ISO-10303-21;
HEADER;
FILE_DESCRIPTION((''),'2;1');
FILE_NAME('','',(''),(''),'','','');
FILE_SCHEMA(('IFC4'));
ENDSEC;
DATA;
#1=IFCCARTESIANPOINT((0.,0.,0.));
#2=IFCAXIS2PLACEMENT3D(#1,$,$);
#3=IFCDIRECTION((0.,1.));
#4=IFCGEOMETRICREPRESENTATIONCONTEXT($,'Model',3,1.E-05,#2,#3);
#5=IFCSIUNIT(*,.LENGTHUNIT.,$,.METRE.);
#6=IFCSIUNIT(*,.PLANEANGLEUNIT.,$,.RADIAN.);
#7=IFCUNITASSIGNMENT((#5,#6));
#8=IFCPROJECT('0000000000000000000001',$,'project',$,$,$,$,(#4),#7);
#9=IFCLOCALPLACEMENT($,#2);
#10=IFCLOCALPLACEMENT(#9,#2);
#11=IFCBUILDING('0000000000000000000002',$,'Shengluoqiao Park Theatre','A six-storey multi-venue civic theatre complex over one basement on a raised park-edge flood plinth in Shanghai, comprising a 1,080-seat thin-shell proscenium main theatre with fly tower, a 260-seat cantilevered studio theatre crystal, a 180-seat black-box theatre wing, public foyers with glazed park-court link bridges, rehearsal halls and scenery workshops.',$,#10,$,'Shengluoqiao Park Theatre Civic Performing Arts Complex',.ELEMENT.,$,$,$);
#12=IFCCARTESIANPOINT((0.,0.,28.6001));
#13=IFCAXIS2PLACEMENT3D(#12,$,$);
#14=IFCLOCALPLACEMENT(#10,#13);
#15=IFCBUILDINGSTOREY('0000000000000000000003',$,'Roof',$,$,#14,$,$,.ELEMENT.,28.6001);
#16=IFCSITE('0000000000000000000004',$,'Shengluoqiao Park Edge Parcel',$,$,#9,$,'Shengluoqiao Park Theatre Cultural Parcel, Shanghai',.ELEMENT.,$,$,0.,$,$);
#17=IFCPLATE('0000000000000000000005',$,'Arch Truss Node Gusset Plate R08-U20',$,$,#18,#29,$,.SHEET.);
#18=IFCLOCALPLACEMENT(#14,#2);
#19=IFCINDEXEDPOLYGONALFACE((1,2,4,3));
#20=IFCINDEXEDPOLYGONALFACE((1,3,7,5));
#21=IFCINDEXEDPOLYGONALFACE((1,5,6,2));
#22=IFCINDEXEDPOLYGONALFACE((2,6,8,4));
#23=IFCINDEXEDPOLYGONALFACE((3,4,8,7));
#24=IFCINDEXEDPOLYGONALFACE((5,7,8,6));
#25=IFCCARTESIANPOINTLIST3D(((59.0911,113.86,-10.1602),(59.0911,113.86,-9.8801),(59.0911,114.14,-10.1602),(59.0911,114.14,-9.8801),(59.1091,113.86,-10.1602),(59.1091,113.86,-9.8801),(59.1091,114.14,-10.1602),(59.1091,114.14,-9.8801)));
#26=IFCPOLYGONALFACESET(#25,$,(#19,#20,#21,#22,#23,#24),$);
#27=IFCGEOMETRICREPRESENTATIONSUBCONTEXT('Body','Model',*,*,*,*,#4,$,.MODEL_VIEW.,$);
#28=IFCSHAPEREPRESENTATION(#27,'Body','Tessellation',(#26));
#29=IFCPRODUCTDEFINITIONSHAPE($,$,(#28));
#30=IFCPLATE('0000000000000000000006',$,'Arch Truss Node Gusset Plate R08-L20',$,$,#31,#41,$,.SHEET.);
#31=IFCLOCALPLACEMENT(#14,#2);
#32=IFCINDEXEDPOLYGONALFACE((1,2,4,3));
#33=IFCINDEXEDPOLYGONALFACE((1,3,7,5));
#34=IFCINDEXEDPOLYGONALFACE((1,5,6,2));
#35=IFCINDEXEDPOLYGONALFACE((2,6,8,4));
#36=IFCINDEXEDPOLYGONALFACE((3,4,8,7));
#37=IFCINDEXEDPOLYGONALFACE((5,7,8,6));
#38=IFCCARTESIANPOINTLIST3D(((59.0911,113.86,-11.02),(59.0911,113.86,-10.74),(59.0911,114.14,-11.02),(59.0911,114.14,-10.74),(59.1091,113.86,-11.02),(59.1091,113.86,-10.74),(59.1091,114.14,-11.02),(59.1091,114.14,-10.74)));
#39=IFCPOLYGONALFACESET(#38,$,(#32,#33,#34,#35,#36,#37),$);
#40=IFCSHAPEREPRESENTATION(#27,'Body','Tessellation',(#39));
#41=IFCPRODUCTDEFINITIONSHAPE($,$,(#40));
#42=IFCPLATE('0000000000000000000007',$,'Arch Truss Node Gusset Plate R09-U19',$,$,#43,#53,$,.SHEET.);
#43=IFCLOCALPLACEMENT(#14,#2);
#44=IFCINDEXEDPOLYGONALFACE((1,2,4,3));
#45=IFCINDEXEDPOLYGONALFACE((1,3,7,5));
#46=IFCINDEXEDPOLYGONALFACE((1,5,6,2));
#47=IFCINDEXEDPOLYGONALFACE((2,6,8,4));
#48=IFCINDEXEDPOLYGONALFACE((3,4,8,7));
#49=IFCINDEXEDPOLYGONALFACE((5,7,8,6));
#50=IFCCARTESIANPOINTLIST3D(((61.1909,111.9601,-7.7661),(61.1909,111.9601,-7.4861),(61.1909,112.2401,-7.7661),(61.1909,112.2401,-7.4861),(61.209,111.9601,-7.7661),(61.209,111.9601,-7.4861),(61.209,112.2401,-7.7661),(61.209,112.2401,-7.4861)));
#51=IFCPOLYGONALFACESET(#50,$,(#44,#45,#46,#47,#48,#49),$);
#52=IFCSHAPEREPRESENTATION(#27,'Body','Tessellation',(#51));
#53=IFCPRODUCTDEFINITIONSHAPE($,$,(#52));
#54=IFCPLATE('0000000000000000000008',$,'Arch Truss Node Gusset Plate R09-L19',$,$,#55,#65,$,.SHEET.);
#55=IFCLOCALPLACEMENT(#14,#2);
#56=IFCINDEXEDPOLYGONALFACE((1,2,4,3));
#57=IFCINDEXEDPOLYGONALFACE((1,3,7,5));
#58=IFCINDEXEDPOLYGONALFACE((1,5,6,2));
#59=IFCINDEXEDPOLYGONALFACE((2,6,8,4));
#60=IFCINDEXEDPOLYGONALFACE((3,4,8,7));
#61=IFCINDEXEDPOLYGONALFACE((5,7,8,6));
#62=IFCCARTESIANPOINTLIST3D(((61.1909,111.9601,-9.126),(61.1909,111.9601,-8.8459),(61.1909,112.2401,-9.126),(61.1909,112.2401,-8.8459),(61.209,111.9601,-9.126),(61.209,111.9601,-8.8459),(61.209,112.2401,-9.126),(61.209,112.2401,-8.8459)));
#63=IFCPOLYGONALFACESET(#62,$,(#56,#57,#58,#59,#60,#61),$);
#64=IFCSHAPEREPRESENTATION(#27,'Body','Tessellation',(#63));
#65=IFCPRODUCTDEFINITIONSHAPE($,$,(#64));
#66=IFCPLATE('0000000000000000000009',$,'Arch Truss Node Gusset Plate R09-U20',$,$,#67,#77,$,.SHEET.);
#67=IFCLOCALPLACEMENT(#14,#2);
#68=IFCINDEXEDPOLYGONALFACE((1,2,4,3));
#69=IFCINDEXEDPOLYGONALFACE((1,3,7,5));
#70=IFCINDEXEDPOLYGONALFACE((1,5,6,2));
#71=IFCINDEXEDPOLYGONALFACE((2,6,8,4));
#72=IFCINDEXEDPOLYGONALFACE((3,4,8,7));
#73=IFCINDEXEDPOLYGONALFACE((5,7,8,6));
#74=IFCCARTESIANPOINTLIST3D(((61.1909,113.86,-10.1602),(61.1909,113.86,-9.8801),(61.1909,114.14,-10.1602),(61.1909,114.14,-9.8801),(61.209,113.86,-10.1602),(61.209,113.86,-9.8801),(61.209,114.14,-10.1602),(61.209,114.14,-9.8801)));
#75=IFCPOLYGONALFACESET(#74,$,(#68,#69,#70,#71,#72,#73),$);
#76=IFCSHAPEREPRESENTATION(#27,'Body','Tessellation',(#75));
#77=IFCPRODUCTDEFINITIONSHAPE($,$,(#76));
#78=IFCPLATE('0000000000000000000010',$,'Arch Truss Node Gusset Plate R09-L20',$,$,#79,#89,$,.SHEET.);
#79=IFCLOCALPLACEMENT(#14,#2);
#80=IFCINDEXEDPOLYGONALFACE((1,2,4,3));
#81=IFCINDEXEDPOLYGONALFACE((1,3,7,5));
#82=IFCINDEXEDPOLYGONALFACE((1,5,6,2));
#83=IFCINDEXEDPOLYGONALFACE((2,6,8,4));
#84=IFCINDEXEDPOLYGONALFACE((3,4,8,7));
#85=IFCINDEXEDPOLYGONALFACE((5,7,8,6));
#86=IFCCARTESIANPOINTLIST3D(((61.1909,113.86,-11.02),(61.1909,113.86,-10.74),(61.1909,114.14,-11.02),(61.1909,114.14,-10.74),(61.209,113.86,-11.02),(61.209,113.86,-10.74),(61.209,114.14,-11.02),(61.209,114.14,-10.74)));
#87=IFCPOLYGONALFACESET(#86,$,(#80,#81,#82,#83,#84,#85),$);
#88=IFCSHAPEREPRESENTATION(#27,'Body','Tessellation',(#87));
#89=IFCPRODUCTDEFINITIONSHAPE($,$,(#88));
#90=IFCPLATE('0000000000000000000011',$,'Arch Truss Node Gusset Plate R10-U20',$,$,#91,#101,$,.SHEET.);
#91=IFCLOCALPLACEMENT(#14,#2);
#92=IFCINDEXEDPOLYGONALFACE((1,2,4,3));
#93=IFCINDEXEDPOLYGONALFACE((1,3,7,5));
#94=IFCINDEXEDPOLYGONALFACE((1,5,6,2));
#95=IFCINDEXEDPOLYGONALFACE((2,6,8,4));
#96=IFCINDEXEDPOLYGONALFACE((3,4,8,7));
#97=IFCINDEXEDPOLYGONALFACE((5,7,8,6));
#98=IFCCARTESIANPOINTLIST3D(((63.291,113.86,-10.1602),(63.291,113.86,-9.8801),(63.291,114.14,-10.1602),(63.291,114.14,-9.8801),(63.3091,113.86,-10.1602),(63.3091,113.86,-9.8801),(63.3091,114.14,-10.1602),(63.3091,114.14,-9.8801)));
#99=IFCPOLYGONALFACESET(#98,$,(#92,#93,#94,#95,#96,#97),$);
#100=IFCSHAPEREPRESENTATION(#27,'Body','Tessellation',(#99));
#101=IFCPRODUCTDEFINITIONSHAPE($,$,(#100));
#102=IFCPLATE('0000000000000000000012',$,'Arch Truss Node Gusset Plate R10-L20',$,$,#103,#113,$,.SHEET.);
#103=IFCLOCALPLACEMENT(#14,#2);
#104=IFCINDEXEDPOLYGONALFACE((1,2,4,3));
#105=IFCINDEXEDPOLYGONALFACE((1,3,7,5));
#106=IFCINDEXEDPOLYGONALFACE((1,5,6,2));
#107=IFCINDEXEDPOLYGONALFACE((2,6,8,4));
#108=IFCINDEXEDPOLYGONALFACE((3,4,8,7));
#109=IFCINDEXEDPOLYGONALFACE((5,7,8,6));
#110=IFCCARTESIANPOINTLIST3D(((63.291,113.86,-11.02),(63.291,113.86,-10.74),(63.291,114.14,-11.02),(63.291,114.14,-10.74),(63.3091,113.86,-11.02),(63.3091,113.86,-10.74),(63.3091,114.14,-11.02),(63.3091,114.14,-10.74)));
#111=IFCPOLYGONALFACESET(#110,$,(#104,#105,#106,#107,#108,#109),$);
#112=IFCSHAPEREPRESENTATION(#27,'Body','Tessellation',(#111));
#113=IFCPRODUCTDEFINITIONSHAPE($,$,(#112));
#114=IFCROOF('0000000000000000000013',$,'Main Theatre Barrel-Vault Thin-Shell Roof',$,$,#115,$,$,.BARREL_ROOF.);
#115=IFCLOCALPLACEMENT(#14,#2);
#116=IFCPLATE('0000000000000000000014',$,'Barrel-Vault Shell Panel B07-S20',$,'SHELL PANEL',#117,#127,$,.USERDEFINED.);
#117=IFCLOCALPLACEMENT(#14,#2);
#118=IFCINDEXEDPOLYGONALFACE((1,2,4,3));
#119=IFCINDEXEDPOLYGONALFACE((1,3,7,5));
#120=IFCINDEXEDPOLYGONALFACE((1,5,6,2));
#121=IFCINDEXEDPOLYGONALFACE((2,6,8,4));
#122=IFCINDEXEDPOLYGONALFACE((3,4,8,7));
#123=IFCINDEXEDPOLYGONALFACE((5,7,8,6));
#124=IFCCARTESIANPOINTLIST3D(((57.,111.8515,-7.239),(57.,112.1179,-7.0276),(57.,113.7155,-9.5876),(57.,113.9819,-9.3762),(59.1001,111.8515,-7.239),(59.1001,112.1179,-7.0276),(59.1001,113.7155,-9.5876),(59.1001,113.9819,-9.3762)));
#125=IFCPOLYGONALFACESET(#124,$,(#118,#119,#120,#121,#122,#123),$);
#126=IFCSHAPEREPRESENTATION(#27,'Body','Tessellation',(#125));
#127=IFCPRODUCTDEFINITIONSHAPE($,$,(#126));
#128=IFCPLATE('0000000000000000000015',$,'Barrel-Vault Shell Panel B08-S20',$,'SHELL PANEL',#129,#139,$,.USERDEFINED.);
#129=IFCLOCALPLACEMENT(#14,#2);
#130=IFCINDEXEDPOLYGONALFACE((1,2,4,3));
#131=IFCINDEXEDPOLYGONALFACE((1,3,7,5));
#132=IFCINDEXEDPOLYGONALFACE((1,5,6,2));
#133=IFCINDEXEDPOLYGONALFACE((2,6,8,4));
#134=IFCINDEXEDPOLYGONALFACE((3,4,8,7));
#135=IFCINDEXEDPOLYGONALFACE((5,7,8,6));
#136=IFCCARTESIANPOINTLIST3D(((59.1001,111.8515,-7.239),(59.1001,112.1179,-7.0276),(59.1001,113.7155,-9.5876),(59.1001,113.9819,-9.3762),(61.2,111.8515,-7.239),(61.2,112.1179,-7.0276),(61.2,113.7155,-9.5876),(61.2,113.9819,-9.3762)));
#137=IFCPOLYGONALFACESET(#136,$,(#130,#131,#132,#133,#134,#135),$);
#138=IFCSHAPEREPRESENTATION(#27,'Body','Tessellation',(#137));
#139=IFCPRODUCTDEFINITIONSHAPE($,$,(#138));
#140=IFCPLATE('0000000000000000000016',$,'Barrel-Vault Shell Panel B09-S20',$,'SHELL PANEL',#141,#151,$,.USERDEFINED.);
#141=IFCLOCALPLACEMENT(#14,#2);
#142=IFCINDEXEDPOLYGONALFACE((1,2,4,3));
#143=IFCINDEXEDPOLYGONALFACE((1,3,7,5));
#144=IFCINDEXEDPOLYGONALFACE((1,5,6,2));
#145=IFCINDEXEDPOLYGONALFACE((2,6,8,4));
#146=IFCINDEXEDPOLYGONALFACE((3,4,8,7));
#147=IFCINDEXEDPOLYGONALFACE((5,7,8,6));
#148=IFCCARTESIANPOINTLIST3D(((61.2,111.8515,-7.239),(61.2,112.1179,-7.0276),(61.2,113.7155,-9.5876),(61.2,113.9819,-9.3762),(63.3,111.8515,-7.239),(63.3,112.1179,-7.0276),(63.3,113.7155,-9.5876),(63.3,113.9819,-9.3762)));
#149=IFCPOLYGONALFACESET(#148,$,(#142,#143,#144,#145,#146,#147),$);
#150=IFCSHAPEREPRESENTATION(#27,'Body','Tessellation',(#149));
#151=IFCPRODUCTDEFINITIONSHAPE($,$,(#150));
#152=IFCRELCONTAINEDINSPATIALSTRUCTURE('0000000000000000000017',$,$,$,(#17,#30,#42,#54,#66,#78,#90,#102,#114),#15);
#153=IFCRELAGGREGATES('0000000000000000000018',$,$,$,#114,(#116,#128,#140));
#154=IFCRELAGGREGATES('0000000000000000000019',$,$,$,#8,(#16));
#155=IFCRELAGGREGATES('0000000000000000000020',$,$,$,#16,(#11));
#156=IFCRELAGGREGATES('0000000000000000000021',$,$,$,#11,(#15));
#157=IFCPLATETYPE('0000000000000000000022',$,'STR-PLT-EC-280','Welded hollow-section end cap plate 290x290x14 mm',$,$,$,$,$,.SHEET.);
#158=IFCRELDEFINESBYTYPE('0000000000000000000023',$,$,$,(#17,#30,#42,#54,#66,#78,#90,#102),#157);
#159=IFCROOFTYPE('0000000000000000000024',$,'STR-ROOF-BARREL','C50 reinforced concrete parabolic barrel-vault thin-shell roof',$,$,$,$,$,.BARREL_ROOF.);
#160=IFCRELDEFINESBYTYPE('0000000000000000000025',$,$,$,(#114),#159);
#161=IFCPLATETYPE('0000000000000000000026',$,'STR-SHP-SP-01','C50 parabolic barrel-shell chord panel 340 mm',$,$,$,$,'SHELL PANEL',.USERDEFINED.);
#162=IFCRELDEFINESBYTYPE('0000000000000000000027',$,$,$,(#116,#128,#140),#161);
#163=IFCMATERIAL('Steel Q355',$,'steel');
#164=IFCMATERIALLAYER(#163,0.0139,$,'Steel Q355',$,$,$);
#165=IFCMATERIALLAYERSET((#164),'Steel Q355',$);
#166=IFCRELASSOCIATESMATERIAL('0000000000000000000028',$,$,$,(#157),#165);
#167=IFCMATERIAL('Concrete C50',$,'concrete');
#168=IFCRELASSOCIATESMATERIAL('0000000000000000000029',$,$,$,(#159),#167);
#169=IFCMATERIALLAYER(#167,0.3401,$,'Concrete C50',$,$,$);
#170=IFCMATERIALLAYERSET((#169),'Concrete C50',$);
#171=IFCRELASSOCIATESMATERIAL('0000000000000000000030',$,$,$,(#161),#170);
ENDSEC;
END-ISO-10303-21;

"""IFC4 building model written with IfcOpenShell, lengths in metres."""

from ifc_helpers import new_model, si_unit, direction, frame, origin, origin_2d, place, context, subcontext, project, spatial, polyline, rectangle, outline, extrude, material, layer, layer_set, type_object, element, aggregate, save


model = new_model("IFC4")

# Units and contexts
model_context = context("Model", 3, precision=1e-05, world=origin(), true_north=direction((0.0, 1.0)))
body_context = subcontext(model_context, "Body", "Model", "MODEL_VIEW")
ifc_project = project(units=[si_unit("LENGTHUNIT", "METRE"), si_unit("PLANEANGLEUNIT", "RADIAN")], contexts=[model_context])

# Site, building, storey
site_placement = place(None, origin())
site = spatial("IfcSite", under=ifc_project, at=site_placement, Name="Shengluoqiao Park Edge Parcel", LongName="Shengluoqiao Park Theatre Cultural Parcel, Shanghai", CompositionType="ELEMENT", RefElevation=0.0)
building_placement = place(site_placement, origin())
building = spatial("IfcBuilding", under=site, at=building_placement, Name="Shengluoqiao Park Theatre", Description="A six-storey multi-venue civic theatre complex over one basement on a raised park-edge flood plinth in Shanghai, comprising a 1,080-seat thin-shell proscenium main theatre with fly tower, a 260-seat cantilevered studio theatre crystal, a 180-seat black-box theatre wing, public foyers with glazed park-court link bridges, rehearsal halls and scenery workshops.", LongName="Shengluoqiao Park Theatre Civic Performing Arts Complex", CompositionType="ELEMENT")
storey_placement = place(building_placement, frame((0.0, 0.0, 28.6001)))
storey = spatial("IfcBuildingStorey", under=building, at=storey_placement, Name="Roof", CompositionType="ELEMENT", Elevation=28.6001)

# Shared definitions
ifc_material_1 = material(Name="Concrete C50", Category="concrete")
ifc_material_2 = material(Name="Steel Q355", Category="steel")

# Plates
ifc_layer_1 = layer(ifc_material_2, 0.0139, Name="Steel Q355")
ifc_layer_set_1 = layer_set([ifc_layer_1], Name="Steel Q355")
plate_type_1 = type_object("IfcPlateType", Name="STR-PLT-EC-280", Description="Welded hollow-section end cap plate 290x290x14 mm", PredefinedType="SHEET", material=ifc_layer_set_1)
for number, where, z_axis, x_axis, name in (
    (1, (59.1001, 114.0, -10.1602), (0.0, 0.0, 1.0), (1.0, 0.0, 0.0), "Arch Truss Node Gusset Plate R08-U20"),
    (2, (59.1001, 114.0, -11.02), (0.0, 0.0, 1.0), (1.0, 0.0, 0.0), "Arch Truss Node Gusset Plate R08-L20"),
    (3, (61.2, 112.1001, -7.7661), (0.0, 0.0, 1.0), (1.0, 0.0, 0.0), "Arch Truss Node Gusset Plate R09-U19"),
    (4, (61.2, 112.1001, -9.126), (0.0, 0.0, 1.0), (1.0, 0.0, 0.0), "Arch Truss Node Gusset Plate R09-L19"),
    (5, (61.2, 114.0, -10.1602), (0.0, 0.0, 1.0), (1.0, 0.0, 0.0), "Arch Truss Node Gusset Plate R09-U20"),
    (6, (61.2, 114.0, -11.02), (0.0, 0.0, 1.0), (1.0, 0.0, 0.0), "Arch Truss Node Gusset Plate R09-L20"),
    (7, (63.3, 114.0, -10.1602), (0.0, 0.0, 1.0), (1.0, 0.0, 0.0), "Arch Truss Node Gusset Plate R10-U20"),
    (8, (63.3, 114.0, -11.02), (0.0, 0.0, 1.0), (1.0, 0.0, 0.0), "Arch Truss Node Gusset Plate R10-L20"),
):
    element("IfcPlate", number, at=place(storey_placement, frame(where, z_axis=z_axis, x_axis=x_axis)), inside=storey, type_object=plate_type_1, Name=name, PredefinedType="SHEET", context=body_context, shape_type="SweptSolid", body=[
        extrude(rectangle(XDim=0.0181, YDim=0.28, at=origin_2d()), origin(), (0.0, 0.0, 1.0), 0.28),
    ])

# Roof, plates
roof_type = type_object("IfcRoofType", Name="STR-ROOF-BARREL", Description="C50 reinforced concrete parabolic barrel-vault thin-shell roof", PredefinedType="BARREL_ROOF", material=ifc_material_1)
roof_placement = place(storey_placement, origin())
roof = element("IfcRoof", 9, at=roof_placement, inside=storey, type_object=roof_type, Name="Main Theatre Barrel-Vault Thin-Shell Roof", PredefinedType="BARREL_ROOF")
ifc_layer_2 = layer(ifc_material_1, 0.3401, Name="Concrete C50")
ifc_layer_set_2 = layer_set([ifc_layer_2], Name="Concrete C50")
plate_type_2 = type_object("IfcPlateType", Name="STR-SHP-SP-01", Description="C50 parabolic barrel-shell chord panel 340 mm", ElementType="SHELL PANEL", PredefinedType="USERDEFINED", material=ifc_layer_set_2)
plate_1_placement = place(storey_placement, frame((57.0, 112.1179, -7.0276), z_axis=(0.0, 0.783286, 0.621662), x_axis=(1.0, 0.0, 0.0)))
plate_1 = element("IfcPlate", 10, at=plate_1_placement, type_object=plate_type_2, Name="Barrel-Vault Shell Panel B07-S20", ObjectType="SHELL PANEL", PredefinedType="USERDEFINED", context=body_context, shape_type="SweptSolid", body=[
    extrude(outline(polyline([(0.0, 0.0), (2.1001, 0.0), (2.1001, 2.9984), (0.0, 2.9984), (0.0, 0.0)])), origin(), (0.0, 0.0, -1.0), 0.3401),
])
plate_2_placement = place(storey_placement, frame((59.1001, 112.1179, -7.0276), z_axis=(0.0, 0.783286, 0.621662), x_axis=(1.0, 0.0, 0.0)))
plate_2 = element("IfcPlate", 11, at=plate_2_placement, type_object=plate_type_2, Name="Barrel-Vault Shell Panel B08-S20", ObjectType="SHELL PANEL", PredefinedType="USERDEFINED", context=body_context, shape_type="SweptSolid", body=[
    extrude(outline(polyline([(0.0, 0.0), (2.0999, 0.0), (2.0999, 2.9984), (0.0, 2.9984), (0.0, 0.0)])), origin(), (0.0, 0.0, -1.0), 0.3401),
])
plate_3_placement = place(storey_placement, frame((61.2, 112.1179, -7.0276), z_axis=(0.0, 0.783286, 0.621662), x_axis=(1.0, 0.0, 0.0)))
plate_3 = element("IfcPlate", 12, at=plate_3_placement, type_object=plate_type_2, Name="Barrel-Vault Shell Panel B09-S20", ObjectType="SHELL PANEL", PredefinedType="USERDEFINED", context=body_context, shape_type="SweptSolid", body=[
    extrude(outline(polyline([(0.0, 0.0), (2.1001, 0.0), (2.1001, 2.9984), (0.0, 2.9984), (0.0, 0.0)])), origin(), (0.0, 0.0, -1.0), 0.3401),
])
aggregate(roof, [plate_1, plate_2, plate_3])

save(model, "model.ifc")
